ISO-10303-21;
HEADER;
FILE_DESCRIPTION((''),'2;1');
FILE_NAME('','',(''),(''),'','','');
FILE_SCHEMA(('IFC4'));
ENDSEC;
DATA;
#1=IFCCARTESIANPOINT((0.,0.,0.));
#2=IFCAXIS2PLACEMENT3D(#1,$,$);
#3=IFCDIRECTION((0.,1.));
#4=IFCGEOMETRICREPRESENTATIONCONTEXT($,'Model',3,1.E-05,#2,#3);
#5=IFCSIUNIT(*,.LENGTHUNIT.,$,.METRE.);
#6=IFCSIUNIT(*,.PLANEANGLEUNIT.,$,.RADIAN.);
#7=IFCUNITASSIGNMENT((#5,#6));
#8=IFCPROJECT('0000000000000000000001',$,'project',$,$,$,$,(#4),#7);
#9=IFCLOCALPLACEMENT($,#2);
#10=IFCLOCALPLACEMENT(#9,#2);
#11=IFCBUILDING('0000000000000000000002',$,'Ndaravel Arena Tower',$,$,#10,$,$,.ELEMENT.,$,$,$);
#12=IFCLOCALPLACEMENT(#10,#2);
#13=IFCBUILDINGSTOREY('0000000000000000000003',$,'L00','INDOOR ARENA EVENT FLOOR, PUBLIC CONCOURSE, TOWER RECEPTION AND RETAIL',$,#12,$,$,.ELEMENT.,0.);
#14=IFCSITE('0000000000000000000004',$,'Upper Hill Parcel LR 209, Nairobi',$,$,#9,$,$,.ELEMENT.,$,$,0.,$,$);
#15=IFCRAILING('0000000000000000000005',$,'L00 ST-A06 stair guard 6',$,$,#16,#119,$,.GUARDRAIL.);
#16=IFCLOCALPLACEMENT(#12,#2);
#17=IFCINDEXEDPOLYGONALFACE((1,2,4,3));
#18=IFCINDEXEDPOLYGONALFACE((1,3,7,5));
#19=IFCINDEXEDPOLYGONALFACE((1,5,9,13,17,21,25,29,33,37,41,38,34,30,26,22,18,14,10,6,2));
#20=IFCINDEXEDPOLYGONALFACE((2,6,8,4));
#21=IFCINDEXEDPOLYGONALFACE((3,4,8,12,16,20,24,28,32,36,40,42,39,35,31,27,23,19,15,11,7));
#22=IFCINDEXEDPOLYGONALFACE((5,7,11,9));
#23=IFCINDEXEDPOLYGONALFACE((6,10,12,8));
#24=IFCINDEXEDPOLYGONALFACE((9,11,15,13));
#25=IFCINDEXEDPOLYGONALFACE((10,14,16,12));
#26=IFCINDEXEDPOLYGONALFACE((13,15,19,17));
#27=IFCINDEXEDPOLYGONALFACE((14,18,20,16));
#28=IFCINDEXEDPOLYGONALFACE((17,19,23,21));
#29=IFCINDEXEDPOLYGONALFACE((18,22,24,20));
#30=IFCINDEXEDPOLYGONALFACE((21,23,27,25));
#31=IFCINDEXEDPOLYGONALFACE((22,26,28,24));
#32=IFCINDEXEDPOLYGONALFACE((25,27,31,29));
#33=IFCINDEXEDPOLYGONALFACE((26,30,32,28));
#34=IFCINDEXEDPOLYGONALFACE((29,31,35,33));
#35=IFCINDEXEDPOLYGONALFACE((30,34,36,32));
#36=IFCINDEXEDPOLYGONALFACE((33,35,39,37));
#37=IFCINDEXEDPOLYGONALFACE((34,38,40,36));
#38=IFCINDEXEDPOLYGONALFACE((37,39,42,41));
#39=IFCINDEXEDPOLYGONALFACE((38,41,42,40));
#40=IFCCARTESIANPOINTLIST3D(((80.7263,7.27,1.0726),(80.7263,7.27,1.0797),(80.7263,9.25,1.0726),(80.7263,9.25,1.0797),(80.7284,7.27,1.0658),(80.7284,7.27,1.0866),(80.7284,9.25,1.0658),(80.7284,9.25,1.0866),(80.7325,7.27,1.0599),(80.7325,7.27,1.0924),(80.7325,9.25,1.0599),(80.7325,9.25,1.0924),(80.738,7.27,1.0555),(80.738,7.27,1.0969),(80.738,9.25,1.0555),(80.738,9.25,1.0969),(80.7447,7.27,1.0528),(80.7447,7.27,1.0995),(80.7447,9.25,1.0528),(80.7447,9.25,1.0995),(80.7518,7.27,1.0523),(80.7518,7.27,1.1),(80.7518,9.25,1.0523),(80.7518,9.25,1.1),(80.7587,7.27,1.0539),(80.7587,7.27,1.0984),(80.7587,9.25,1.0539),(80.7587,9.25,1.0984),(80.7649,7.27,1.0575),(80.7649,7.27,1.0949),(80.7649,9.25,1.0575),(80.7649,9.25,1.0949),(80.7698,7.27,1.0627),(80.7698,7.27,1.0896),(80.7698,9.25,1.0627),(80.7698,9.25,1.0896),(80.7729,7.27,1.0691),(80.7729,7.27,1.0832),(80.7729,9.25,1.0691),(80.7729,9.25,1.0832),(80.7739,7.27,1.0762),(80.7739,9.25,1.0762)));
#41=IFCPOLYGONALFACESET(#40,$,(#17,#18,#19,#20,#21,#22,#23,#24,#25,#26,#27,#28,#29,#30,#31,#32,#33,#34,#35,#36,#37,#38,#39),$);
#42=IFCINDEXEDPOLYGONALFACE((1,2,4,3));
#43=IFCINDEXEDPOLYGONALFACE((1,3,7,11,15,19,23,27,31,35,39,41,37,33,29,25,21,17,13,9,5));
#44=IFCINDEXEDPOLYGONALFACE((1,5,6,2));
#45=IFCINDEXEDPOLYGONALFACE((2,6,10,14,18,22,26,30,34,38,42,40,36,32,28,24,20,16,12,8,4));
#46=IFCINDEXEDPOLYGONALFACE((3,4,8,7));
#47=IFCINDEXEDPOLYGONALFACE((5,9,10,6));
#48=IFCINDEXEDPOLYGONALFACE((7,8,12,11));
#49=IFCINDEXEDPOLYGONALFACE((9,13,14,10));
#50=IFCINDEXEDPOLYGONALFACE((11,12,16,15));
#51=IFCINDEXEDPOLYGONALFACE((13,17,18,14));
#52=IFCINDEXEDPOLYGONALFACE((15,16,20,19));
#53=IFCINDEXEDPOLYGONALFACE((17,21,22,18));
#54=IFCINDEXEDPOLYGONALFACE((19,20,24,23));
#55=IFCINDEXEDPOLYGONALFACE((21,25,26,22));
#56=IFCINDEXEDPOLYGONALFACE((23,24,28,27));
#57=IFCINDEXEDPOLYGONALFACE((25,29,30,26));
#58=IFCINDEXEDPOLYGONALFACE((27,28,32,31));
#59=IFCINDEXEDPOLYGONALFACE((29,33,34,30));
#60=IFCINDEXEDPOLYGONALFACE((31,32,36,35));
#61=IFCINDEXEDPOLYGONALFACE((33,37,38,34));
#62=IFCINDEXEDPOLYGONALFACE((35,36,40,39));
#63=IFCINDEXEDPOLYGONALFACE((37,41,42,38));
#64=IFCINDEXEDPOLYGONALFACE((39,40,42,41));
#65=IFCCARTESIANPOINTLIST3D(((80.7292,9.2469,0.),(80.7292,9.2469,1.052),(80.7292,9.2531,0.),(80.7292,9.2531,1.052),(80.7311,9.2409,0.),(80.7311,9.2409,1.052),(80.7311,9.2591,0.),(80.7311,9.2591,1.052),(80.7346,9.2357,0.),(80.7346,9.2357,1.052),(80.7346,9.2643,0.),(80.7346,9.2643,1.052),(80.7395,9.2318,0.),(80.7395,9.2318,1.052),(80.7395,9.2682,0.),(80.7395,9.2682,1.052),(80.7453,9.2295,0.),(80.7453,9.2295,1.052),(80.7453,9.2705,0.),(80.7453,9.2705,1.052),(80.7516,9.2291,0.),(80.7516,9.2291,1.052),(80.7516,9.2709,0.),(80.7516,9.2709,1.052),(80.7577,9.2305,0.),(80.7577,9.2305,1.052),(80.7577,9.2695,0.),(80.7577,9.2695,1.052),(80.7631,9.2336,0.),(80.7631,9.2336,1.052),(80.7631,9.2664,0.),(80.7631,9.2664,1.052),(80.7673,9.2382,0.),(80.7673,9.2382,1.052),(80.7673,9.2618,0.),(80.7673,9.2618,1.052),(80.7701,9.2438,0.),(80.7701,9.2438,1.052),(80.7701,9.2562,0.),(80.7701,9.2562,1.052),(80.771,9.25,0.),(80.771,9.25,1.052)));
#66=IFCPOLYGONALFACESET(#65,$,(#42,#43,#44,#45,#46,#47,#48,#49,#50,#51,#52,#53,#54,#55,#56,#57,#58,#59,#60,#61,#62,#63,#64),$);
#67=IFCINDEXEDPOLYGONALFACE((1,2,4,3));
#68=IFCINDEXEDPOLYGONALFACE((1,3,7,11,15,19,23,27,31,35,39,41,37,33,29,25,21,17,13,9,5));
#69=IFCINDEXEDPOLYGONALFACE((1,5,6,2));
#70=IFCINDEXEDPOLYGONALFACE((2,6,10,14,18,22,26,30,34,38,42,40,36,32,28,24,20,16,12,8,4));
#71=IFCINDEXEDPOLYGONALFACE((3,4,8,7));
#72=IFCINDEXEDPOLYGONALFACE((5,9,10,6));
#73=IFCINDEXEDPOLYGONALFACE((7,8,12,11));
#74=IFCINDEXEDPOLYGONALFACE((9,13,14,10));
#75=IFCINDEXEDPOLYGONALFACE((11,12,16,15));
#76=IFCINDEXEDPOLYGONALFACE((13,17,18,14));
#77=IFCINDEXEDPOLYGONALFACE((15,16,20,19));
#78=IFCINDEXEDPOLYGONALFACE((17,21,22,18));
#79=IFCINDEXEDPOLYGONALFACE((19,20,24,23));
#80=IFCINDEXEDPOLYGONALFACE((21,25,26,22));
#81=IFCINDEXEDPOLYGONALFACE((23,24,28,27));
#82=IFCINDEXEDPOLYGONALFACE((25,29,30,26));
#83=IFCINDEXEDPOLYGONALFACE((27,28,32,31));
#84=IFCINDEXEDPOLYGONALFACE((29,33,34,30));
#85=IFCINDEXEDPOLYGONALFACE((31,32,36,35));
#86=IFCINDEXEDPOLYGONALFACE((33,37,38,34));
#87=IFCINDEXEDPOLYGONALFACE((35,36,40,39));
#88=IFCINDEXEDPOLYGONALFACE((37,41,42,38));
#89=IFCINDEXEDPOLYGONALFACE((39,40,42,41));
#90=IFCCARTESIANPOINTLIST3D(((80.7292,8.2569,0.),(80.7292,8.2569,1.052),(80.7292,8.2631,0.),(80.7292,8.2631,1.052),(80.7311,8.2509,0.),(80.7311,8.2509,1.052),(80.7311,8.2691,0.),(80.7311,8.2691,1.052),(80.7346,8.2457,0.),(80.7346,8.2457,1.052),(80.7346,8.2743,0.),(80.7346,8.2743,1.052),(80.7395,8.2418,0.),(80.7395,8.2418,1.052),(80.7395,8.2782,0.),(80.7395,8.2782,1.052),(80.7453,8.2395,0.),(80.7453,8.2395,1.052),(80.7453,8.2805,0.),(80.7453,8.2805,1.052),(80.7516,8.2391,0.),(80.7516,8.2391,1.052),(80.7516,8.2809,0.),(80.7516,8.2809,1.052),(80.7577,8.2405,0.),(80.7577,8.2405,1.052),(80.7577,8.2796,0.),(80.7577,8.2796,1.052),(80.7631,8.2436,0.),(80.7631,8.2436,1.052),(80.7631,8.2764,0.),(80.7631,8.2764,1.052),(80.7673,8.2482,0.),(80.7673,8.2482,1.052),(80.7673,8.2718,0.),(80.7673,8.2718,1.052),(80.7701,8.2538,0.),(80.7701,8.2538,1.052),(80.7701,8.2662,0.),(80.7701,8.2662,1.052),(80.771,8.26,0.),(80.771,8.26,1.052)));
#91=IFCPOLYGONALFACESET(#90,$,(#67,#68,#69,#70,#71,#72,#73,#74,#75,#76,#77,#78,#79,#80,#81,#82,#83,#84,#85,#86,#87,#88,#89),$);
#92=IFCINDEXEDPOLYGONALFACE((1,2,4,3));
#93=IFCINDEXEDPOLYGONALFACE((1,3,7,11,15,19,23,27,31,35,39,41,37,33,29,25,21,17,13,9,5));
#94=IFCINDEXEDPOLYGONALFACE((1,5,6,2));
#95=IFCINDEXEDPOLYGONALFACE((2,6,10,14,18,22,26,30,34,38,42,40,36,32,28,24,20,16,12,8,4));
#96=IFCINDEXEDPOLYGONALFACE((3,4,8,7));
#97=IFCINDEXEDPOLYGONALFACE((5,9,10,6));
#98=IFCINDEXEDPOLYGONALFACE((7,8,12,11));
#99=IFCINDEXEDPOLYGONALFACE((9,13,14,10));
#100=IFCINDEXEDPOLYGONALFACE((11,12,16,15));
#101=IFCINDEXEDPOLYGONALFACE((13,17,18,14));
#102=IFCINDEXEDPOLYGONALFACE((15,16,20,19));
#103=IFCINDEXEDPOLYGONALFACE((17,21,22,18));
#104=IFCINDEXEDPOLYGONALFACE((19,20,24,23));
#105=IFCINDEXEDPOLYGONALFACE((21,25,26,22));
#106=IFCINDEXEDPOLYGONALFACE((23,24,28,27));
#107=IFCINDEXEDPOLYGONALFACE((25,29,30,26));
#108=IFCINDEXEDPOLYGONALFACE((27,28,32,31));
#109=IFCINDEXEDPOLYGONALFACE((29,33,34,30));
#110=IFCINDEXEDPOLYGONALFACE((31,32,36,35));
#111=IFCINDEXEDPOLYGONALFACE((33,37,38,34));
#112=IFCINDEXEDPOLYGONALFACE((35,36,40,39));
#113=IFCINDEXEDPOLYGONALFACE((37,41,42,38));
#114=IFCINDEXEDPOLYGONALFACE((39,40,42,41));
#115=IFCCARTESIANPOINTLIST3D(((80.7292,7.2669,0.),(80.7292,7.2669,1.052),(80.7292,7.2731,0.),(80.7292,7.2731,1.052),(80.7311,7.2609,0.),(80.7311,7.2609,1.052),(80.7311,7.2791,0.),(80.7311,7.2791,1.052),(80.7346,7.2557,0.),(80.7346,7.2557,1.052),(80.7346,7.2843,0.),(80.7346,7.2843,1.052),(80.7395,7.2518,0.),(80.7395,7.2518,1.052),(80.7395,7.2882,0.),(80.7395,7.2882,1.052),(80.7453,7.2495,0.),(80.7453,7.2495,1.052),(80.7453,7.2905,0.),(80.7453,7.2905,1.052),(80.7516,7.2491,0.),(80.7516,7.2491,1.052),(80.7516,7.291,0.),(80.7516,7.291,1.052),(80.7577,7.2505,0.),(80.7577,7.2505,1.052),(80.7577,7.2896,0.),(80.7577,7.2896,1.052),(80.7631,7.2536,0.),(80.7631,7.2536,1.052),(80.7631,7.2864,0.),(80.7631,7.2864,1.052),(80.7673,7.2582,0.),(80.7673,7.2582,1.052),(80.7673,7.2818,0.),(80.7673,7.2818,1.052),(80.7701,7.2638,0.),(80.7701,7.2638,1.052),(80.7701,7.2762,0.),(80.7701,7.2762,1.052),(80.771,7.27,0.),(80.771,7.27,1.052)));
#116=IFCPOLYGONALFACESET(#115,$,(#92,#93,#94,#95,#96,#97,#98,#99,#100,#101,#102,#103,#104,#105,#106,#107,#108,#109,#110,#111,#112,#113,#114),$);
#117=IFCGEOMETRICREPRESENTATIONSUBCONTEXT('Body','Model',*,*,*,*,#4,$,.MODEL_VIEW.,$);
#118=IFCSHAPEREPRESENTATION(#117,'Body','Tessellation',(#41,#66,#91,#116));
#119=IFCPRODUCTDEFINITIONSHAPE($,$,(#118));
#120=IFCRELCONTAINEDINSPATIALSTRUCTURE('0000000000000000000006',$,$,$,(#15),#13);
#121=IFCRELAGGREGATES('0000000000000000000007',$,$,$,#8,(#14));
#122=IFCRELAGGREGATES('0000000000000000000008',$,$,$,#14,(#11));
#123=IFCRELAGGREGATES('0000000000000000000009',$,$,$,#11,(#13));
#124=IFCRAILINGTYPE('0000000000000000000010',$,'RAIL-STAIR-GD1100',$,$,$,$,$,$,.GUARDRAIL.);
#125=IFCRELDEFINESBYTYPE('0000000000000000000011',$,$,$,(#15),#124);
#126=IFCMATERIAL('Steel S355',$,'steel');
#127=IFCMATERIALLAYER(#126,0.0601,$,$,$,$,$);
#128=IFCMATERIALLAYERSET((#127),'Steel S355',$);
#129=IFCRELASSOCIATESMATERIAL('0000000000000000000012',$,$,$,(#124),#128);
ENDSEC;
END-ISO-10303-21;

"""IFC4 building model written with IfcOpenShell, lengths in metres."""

from ifc_helpers import new_model, si_unit, direction, frame, origin, origin_2d, place, context, subcontext, project, spatial, circle, extrude, material, layer, layer_set, type_object, element, save


model = new_model("IFC4")

# Units and contexts
model_context = context("Model", 3, precision=1e-05, world=origin(), true_north=direction((0.0, 1.0)))
body_context = subcontext(model_context, "Body", "Model", "MODEL_VIEW")
ifc_project = project(units=[si_unit("LENGTHUNIT", "METRE"), si_unit("PLANEANGLEUNIT", "RADIAN")], contexts=[model_context])

# Site, building, storey
site_placement = place(None, origin())
site = spatial("IfcSite", under=ifc_project, at=site_placement, Name="Upper Hill Parcel LR 209, Nairobi", CompositionType="ELEMENT", RefElevation=0.0)
building_placement = place(site_placement, origin())
building = spatial("IfcBuilding", under=site, at=building_placement, Name="Ndaravel Arena Tower", CompositionType="ELEMENT")
storey_placement = place(building_placement, origin())
storey = spatial("IfcBuildingStorey", under=building, at=storey_placement, Name="L00", Description="INDOOR ARENA EVENT FLOOR, PUBLIC CONCOURSE, TOWER RECEPTION AND RETAIL", CompositionType="ELEMENT", Elevation=0.0)

# Railing
ifc_material_1 = material(Name="Steel S355", Category="steel")
ifc_layer_1 = layer(ifc_material_1, 0.0601)
ifc_layer_set_1 = layer_set([ifc_layer_1], Name="Steel S355")
railing_type = type_object("IfcRailingType", Name="RAIL-STAIR-GD1100", PredefinedType="GUARDRAIL", material=ifc_layer_set_1)
for number, where, name in (
    (1, (80.75, 9.25, 0.0), "L00 ST-A06 stair guard 6"),
):
    element("IfcRailing", number, at=place(storey_placement, frame(where)), inside=storey, type_object=railing_type, Name=name, PredefinedType="GUARDRAIL", context=body_context, shape_type="SweptSolid", body=[
        extrude(circle(Radius=0.0239, at=origin_2d()), frame((0.0, 0.0, 1.0762), z_axis=(0.0, -1.0, 0.0), x_axis=(1.0, 0.0, 0.0)), (0.0, 0.0, 1.0), 1.98),
        extrude(circle(Radius=0.021, at=origin_2d()), origin(), (0.0, 0.0, 1.0), 1.052),
        extrude(circle(Radius=0.021, at=origin_2d()), frame((0.0, -0.99, 0.0)), (0.0, 0.0, 1.0), 1.052),
        extrude(circle(Radius=0.021, at=origin_2d()), frame((0.0, -1.98, 0.0)), (0.0, 0.0, 1.0), 1.052),
    ])

save(model, "model.ifc")
